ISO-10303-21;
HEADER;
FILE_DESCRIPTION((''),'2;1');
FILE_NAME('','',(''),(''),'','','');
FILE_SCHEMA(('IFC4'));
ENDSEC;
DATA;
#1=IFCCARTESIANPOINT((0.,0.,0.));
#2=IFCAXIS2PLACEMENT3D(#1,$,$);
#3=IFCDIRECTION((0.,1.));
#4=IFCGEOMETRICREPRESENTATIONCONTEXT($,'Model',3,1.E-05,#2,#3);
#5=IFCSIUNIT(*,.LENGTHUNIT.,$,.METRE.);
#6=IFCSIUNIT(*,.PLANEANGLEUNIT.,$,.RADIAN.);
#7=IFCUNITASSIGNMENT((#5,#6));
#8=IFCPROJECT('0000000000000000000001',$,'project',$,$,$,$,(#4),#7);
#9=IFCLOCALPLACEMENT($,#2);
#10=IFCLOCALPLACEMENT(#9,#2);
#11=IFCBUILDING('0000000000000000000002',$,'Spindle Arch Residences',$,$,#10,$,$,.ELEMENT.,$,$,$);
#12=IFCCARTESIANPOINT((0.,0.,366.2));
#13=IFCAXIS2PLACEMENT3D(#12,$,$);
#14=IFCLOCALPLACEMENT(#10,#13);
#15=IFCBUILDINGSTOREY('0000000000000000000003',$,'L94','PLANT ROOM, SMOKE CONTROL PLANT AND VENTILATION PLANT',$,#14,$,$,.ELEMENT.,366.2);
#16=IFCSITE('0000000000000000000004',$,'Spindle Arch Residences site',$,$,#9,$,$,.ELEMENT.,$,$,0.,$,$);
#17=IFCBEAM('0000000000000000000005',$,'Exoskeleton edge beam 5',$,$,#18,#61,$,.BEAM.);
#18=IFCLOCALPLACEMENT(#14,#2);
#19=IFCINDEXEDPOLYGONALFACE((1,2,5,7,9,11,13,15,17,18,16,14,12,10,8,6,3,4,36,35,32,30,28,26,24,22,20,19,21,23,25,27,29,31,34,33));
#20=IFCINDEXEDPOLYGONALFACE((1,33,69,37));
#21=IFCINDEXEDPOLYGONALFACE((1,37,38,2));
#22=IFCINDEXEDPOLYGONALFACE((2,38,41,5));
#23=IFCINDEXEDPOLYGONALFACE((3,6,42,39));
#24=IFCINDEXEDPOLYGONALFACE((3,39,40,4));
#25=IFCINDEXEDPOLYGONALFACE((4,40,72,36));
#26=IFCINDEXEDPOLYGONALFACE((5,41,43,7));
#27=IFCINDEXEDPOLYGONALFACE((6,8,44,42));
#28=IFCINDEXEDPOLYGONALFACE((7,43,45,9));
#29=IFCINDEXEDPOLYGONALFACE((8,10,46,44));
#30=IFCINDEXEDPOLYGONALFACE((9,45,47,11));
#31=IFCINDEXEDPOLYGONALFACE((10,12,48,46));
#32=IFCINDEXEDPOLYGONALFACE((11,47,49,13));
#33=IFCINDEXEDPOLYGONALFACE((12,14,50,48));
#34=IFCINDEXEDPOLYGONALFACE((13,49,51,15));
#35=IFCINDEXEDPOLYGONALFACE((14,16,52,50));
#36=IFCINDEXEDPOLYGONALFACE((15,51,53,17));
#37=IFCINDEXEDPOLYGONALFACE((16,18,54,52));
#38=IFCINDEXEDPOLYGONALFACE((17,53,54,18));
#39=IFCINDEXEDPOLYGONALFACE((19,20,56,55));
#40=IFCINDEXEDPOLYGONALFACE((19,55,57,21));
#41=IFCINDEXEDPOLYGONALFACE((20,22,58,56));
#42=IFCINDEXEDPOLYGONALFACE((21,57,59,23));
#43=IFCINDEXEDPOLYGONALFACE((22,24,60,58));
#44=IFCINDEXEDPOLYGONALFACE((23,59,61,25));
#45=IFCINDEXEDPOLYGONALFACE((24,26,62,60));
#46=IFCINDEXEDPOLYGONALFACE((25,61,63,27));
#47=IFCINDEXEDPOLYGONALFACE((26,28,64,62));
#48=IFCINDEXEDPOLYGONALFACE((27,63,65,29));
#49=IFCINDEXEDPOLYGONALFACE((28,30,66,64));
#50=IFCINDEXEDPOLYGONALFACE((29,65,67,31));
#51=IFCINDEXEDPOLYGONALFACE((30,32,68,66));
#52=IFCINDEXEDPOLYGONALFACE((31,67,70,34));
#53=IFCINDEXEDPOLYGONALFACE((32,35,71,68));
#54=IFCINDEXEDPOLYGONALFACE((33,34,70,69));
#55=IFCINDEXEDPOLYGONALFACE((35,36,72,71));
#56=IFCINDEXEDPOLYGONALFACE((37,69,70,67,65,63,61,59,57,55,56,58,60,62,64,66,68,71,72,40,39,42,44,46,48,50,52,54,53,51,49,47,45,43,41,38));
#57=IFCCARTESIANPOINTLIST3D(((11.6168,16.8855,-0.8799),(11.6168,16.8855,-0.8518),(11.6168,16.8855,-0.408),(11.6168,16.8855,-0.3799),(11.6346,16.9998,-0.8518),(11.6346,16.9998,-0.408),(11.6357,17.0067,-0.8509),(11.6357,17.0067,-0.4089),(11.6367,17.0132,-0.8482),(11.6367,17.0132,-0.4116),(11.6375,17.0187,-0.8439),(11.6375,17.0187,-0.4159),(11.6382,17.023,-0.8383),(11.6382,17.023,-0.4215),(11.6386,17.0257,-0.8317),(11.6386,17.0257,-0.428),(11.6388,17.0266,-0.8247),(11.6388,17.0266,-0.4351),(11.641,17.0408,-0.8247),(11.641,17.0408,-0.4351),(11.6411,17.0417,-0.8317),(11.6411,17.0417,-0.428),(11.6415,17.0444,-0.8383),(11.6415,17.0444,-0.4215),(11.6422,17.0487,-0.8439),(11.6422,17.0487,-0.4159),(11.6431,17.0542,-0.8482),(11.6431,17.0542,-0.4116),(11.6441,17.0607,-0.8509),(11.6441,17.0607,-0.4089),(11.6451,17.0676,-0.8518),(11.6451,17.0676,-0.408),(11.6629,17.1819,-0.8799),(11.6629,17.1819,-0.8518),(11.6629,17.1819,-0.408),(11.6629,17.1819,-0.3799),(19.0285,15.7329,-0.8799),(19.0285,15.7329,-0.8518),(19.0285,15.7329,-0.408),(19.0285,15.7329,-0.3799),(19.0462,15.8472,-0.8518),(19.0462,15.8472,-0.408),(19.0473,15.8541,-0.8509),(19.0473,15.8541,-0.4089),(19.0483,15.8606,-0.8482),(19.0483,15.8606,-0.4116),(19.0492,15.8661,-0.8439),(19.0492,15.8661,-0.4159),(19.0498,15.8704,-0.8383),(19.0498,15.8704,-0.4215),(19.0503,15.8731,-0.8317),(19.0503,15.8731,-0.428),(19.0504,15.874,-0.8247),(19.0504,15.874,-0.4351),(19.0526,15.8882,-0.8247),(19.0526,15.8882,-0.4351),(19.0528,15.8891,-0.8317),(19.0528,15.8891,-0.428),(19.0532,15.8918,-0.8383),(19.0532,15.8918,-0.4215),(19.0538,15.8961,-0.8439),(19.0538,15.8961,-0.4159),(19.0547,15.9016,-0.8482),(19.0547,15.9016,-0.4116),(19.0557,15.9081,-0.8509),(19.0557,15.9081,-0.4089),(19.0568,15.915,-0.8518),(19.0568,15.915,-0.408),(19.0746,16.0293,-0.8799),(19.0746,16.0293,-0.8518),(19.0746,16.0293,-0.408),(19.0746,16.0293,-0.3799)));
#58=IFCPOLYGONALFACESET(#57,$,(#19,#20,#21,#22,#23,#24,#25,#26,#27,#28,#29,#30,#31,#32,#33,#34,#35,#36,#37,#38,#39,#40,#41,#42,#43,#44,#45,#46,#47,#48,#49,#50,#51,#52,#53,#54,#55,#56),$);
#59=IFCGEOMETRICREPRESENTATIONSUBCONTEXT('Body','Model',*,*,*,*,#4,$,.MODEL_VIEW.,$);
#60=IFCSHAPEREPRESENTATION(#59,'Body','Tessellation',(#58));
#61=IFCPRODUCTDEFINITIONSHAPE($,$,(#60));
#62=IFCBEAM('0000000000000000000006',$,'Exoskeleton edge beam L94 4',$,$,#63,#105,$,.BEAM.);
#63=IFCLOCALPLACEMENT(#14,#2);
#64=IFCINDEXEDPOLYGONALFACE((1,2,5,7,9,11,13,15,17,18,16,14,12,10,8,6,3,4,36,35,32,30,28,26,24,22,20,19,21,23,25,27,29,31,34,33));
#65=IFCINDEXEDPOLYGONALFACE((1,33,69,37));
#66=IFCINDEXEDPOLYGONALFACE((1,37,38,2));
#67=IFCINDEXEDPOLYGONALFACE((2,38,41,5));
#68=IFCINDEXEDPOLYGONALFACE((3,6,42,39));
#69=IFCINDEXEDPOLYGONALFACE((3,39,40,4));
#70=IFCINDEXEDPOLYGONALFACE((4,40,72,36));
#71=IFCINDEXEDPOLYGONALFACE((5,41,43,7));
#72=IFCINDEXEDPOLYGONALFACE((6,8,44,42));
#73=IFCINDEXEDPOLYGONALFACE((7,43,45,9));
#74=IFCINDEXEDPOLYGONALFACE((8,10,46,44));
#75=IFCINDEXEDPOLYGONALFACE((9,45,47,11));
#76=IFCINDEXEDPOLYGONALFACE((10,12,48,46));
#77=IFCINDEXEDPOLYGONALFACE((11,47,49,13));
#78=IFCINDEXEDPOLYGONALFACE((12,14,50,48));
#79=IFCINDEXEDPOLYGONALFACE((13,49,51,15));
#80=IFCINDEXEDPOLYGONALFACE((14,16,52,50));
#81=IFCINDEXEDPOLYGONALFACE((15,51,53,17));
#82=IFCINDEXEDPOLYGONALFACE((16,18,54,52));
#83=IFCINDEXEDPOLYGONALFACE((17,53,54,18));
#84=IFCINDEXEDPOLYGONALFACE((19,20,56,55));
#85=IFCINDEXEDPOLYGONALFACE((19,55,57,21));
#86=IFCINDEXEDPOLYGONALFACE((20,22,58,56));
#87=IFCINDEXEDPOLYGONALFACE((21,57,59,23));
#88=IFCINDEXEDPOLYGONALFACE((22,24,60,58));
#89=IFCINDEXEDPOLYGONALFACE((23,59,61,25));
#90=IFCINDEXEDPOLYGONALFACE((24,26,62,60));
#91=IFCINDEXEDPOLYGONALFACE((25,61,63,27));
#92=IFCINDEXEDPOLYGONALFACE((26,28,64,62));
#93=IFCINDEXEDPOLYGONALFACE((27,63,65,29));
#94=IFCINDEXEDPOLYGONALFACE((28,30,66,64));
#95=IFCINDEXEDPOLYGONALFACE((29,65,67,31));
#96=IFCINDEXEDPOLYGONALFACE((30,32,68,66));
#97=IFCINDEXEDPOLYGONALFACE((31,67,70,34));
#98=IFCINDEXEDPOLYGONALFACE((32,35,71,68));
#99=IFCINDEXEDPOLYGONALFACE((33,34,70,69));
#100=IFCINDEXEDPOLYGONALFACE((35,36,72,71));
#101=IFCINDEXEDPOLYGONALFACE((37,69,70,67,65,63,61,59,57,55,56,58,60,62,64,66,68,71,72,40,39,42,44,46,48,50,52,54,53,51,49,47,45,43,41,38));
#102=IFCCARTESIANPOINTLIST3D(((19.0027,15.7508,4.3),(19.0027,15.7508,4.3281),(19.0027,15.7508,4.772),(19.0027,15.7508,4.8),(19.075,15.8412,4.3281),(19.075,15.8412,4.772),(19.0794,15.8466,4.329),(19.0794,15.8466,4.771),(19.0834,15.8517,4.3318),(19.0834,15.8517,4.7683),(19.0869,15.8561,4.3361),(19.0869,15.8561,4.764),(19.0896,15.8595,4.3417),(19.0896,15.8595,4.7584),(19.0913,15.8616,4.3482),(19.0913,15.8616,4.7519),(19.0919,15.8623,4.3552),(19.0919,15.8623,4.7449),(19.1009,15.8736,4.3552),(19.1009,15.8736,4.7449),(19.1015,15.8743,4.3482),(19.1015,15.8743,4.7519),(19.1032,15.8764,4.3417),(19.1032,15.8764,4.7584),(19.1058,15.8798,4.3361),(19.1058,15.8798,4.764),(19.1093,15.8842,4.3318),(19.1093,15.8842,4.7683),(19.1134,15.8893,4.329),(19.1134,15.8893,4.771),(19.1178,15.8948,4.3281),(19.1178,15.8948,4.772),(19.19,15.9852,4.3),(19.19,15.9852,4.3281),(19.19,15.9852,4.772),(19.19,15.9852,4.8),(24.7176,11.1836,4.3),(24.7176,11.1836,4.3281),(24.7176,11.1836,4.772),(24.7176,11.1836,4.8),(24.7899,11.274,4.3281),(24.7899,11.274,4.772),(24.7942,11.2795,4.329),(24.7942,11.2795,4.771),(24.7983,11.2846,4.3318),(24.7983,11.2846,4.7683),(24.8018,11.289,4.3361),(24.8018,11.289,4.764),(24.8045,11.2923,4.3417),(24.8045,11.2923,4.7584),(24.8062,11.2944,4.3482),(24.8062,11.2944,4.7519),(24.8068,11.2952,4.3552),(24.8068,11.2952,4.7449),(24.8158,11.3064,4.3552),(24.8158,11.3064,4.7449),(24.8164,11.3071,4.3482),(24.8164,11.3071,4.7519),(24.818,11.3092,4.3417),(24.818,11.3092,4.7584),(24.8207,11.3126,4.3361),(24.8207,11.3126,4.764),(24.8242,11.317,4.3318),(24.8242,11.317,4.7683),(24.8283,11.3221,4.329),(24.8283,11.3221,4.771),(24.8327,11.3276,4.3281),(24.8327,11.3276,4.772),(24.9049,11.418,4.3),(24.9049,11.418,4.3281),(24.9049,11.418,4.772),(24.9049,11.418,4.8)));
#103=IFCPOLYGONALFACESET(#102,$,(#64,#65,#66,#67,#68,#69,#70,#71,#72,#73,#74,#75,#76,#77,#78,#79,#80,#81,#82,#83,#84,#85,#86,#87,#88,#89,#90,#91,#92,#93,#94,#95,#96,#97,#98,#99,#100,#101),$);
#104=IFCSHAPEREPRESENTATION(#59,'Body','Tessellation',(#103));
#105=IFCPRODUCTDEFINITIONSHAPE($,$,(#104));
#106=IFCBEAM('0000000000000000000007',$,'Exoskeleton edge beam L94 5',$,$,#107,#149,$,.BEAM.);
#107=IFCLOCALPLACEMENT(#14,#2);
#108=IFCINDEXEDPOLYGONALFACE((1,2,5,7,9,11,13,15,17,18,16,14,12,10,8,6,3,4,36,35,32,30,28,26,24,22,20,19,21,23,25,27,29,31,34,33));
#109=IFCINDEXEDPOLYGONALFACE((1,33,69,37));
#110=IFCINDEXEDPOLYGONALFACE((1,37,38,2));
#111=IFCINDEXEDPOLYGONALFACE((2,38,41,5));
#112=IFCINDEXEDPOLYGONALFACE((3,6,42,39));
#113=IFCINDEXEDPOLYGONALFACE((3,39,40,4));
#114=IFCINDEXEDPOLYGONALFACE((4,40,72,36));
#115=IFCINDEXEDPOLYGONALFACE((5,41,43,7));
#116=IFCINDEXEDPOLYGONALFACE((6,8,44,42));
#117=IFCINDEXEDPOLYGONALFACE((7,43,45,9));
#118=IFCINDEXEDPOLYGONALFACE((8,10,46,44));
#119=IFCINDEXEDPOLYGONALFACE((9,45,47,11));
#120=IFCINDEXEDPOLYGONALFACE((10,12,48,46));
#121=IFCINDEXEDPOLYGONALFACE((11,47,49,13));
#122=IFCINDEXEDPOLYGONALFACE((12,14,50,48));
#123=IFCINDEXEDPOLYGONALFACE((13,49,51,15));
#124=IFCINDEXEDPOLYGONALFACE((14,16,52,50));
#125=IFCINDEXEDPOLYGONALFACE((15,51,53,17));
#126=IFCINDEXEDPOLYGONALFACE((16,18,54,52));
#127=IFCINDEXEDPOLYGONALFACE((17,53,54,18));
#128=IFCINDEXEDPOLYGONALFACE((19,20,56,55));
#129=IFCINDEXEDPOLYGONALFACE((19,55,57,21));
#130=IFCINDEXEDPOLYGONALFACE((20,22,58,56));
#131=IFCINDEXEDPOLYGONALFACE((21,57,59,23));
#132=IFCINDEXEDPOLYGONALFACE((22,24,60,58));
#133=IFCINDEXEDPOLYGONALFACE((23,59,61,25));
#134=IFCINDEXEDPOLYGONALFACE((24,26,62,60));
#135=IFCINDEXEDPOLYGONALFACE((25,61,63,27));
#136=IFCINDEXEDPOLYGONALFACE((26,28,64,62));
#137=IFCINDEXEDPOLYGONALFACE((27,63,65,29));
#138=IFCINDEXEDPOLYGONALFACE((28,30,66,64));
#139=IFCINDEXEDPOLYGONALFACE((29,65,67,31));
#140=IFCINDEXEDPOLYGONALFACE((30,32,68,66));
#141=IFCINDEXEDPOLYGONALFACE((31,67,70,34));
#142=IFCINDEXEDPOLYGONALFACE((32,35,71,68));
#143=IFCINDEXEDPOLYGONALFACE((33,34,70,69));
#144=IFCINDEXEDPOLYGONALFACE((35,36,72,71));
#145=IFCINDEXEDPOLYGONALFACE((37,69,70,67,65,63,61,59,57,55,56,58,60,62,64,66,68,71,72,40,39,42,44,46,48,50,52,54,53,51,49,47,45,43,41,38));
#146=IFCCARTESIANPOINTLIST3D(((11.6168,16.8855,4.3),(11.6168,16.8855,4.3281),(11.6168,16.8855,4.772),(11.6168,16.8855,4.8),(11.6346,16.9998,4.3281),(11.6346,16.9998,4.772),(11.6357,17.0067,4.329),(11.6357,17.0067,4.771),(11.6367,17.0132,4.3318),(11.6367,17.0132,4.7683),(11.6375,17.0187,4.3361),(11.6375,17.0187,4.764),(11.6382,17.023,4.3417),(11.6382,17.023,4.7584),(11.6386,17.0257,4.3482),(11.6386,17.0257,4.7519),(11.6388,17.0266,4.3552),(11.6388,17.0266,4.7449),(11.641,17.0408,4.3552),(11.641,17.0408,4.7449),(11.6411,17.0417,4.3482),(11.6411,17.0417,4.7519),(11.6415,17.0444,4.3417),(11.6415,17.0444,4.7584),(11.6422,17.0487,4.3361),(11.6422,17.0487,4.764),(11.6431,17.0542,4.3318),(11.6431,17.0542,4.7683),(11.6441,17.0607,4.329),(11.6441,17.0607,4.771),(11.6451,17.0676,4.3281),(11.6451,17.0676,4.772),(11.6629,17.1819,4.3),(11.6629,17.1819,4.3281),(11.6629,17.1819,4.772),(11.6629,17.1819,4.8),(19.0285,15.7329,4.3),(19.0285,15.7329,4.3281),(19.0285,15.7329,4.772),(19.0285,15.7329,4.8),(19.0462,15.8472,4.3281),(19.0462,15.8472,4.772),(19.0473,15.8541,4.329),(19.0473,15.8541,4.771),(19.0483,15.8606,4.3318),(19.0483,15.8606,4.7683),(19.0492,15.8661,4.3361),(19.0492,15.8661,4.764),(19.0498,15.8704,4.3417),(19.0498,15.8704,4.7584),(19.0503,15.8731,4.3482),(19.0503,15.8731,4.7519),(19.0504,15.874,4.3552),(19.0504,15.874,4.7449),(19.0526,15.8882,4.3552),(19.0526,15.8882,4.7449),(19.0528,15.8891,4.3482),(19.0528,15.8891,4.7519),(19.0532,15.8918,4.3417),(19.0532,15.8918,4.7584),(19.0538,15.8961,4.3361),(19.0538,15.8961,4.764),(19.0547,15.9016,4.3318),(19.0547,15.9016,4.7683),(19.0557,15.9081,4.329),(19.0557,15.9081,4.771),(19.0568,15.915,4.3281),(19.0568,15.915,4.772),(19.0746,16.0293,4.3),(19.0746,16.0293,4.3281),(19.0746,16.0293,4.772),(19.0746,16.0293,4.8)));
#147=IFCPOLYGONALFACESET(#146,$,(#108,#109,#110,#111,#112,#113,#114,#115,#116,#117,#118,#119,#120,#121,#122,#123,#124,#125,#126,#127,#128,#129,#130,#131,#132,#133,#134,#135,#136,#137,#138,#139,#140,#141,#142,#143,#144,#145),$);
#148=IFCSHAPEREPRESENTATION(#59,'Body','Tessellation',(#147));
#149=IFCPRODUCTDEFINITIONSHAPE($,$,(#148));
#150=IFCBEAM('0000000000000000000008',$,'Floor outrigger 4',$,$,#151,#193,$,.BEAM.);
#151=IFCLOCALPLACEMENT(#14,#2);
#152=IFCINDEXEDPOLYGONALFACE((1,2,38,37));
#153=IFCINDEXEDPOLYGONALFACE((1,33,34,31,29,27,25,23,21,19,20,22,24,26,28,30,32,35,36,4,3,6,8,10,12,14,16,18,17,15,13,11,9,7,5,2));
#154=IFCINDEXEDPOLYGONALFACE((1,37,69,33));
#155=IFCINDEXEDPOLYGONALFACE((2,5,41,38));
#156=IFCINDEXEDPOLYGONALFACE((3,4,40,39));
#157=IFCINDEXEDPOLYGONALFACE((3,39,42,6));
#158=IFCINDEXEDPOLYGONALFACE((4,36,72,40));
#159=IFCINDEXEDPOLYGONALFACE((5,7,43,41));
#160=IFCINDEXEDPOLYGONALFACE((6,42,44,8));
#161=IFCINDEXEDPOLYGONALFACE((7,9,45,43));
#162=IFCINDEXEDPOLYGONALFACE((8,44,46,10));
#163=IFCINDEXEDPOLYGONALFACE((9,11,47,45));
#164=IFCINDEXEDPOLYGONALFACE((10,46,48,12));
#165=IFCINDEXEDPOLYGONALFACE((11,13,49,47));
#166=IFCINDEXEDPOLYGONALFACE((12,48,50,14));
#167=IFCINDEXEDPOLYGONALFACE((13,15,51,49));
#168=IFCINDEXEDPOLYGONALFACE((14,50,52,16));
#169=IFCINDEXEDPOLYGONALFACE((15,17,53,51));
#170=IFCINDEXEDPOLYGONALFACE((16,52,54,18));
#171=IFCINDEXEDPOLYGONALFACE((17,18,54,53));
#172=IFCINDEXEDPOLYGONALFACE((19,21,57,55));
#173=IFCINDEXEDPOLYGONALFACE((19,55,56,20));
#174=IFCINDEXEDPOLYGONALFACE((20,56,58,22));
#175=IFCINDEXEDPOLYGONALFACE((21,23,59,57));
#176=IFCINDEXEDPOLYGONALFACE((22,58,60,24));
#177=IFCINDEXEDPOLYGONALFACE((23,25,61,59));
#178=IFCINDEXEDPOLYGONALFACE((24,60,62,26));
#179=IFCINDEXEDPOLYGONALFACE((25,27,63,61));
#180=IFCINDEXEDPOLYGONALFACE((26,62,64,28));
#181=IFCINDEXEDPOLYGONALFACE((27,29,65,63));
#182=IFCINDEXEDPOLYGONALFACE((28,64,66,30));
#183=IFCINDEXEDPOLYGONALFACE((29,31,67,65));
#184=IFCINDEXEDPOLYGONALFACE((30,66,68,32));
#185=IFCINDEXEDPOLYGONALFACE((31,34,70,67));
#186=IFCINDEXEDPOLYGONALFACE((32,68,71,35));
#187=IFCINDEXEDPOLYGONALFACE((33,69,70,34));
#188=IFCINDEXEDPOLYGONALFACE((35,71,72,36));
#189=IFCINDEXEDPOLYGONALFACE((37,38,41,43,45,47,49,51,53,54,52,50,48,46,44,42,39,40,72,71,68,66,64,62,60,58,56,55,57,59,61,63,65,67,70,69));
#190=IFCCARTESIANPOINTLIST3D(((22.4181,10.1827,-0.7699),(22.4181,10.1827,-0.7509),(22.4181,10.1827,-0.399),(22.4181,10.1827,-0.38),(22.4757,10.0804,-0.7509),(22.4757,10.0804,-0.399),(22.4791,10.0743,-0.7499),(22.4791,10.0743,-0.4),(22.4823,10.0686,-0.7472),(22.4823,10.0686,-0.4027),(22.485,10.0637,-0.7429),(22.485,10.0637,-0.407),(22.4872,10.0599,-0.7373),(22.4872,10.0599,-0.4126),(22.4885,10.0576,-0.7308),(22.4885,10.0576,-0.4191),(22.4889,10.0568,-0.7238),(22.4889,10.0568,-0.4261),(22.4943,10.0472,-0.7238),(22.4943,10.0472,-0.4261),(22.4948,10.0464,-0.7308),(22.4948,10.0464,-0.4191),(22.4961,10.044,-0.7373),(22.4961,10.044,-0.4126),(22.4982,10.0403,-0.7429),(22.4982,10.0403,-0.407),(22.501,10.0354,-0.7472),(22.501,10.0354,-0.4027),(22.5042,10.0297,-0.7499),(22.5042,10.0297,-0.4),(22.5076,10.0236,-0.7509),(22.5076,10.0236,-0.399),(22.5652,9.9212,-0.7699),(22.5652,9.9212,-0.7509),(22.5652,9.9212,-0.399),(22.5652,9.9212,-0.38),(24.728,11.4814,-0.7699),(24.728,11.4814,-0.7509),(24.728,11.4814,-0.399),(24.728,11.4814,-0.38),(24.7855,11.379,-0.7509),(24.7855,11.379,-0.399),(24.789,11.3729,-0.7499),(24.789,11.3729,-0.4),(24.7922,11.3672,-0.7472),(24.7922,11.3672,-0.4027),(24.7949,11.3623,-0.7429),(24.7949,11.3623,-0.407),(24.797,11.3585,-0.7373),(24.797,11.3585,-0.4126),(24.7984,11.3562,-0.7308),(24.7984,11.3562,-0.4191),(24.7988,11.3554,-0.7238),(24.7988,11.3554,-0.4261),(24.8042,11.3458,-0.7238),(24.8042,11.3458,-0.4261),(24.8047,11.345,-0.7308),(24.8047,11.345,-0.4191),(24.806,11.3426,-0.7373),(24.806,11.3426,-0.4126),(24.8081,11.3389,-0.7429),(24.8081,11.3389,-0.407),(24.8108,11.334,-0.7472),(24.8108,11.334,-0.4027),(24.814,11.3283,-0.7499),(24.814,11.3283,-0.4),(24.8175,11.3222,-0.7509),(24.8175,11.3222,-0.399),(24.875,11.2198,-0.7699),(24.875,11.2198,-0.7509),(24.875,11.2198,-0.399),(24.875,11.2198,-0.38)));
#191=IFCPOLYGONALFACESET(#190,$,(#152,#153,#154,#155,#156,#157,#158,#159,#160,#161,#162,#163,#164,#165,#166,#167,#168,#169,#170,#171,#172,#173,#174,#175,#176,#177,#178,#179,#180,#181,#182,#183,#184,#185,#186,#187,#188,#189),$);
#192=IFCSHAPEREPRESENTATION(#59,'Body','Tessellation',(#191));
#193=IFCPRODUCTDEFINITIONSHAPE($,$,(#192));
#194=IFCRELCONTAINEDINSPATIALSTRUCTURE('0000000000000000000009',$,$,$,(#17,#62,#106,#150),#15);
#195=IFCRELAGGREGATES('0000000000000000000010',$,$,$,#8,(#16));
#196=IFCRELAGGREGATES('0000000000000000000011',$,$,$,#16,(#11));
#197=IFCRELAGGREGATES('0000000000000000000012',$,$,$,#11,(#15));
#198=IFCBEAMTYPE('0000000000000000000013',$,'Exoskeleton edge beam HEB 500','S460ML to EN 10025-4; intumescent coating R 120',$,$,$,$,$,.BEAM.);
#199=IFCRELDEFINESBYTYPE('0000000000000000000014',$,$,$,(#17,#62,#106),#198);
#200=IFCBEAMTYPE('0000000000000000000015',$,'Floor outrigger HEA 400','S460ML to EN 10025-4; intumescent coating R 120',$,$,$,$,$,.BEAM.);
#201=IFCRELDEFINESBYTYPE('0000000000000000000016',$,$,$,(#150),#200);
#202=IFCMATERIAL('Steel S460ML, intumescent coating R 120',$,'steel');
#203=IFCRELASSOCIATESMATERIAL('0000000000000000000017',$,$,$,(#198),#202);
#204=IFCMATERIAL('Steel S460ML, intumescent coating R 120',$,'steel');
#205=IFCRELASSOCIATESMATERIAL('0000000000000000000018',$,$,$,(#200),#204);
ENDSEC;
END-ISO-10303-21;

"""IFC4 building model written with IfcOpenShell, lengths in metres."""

from ifc_helpers import new_model, si_unit, direction, frame, origin, origin_2d, place, context, subcontext, project, spatial, i_section, extrude, material, material_profile, profile_set, type_object, element, save


model = new_model("IFC4")

# Units and contexts
model_context = context("Model", 3, precision=1e-05, world=origin(), true_north=direction((0.0, 1.0)))
body_context = subcontext(model_context, "Body", "Model", "MODEL_VIEW")
ifc_project = project(units=[si_unit("LENGTHUNIT", "METRE"), si_unit("PLANEANGLEUNIT", "RADIAN")], contexts=[model_context])

# Site, building, storey
site_placement = place(None, origin())
site = spatial("IfcSite", under=ifc_project, at=site_placement, Name="Spindle Arch Residences site", CompositionType="ELEMENT", RefElevation=0.0)
building_placement = place(site_placement, origin())
building = spatial("IfcBuilding", under=site, at=building_placement, Name="Spindle Arch Residences", CompositionType="ELEMENT")
storey_placement = place(building_placement, frame((0.0, 0.0, 366.2)))
storey = spatial("IfcBuildingStorey", under=building, at=storey_placement, Name="L94", Description="PLANT ROOM, SMOKE CONTROL PLANT AND VENTILATION PLANT", CompositionType="ELEMENT", Elevation=366.2)

# Beams
ifc_material_1 = material(Name="Steel S460ML, intumescent coating R 120", Category="steel")
ifc_material_profile_1 = material_profile(ifc_material_1, i_section(OverallWidth=0.3, OverallDepth=0.5, WebThickness=0.0144, FlangeThickness=0.0281, FilletRadius=0.0271, at=origin_2d()), Name="HEB 500")
ifc_profile_set_1 = profile_set([ifc_material_profile_1], Name="Steel S460ML, intumescent coating R 120")
beam_type_1 = type_object("IfcBeamType", Name="Exoskeleton edge beam HEB 500", Description="S460ML to EN 10025-4; intumescent coating R 120", PredefinedType="BEAM", material=ifc_profile_set_1)
beam_1_placement = place(storey_placement, frame((19.0515, 15.8811, -0.6299), z_axis=(-0.988123, 0.153664, 0.0), x_axis=(-0.153664, -0.988123, 0.0)))
element("IfcBeam", 1, at=beam_1_placement, inside=storey, type_object=beam_type_1, Name="Exoskeleton edge beam 5", PredefinedType="BEAM", context=body_context, shape_type="SweptSolid", body=[
    extrude(i_section(OverallWidth=0.3, OverallDepth=0.5, WebThickness=0.0144, FlangeThickness=0.0281, FilletRadius=0.0271, at=origin_2d()), origin(), (0.0, 0.0, 1.0), 7.5007),
])
beam_2_placement = place(storey_placement, frame((24.8113, 11.3008, 4.55), z_axis=(-0.781185, 0.6243, 0.0), x_axis=(-0.6243, -0.781185, 0.0)))
element("IfcBeam", 2, at=beam_2_placement, inside=storey, type_object=beam_type_1, Name="Exoskeleton edge beam L94 4", PredefinedType="BEAM", context=body_context, shape_type="SweptSolid", body=[
    extrude(i_section(OverallWidth=0.3, OverallDepth=0.5, WebThickness=0.0144, FlangeThickness=0.0281, FilletRadius=0.0271, at=origin_2d()), origin(), (0.0, 0.0, 1.0), 7.3157),
])
beam_3_placement = place(storey_placement, frame((19.0515, 15.8811, 4.55), z_axis=(-0.988123, 0.153664, 0.0), x_axis=(-0.153664, -0.988123, 0.0)))
element("IfcBeam", 3, at=beam_3_placement, inside=storey, type_object=beam_type_1, Name="Exoskeleton edge beam L94 5", PredefinedType="BEAM", context=body_context, shape_type="SweptSolid", body=[
    extrude(i_section(OverallWidth=0.3, OverallDepth=0.5, WebThickness=0.0144, FlangeThickness=0.0281, FilletRadius=0.0271, at=origin_2d()), origin(), (0.0, 0.0, 1.0), 7.5007),
])
ifc_material_2 = material(Name="Steel S460ML, intumescent coating R 120", Category="steel")
ifc_material_profile_2 = material_profile(ifc_material_2, i_section(OverallWidth=0.3, OverallDepth=0.3899, WebThickness=0.011, FlangeThickness=0.019, FilletRadius=0.0271, at=origin_2d()), Name="HEA 400")
ifc_profile_set_2 = profile_set([ifc_material_profile_2], Name="Steel S460ML, intumescent coating R 120")
beam_type_2 = type_object("IfcBeamType", Name="Floor outrigger HEA 400", Description="S460ML to EN 10025-4; intumescent coating R 120", PredefinedType="BEAM", material=ifc_profile_set_2)
beam_4_placement = place(storey_placement, frame((24.8015, 11.3506, -0.575), z_axis=(-0.871686, -0.490064, 0.0), x_axis=(0.490064, -0.871686, 0.0)))
element("IfcBeam", 4, at=beam_4_placement, inside=storey, type_object=beam_type_2, Name="Floor outrigger 4", PredefinedType="BEAM", context=body_context, shape_type="SweptSolid", body=[
    extrude(i_section(OverallWidth=0.3, OverallDepth=0.3899, WebThickness=0.011, FlangeThickness=0.019, FilletRadius=0.0271, at=origin_2d()), origin(), (0.0, 0.0, 1.0), 2.6499),
])

save(model, "model.ifc")
